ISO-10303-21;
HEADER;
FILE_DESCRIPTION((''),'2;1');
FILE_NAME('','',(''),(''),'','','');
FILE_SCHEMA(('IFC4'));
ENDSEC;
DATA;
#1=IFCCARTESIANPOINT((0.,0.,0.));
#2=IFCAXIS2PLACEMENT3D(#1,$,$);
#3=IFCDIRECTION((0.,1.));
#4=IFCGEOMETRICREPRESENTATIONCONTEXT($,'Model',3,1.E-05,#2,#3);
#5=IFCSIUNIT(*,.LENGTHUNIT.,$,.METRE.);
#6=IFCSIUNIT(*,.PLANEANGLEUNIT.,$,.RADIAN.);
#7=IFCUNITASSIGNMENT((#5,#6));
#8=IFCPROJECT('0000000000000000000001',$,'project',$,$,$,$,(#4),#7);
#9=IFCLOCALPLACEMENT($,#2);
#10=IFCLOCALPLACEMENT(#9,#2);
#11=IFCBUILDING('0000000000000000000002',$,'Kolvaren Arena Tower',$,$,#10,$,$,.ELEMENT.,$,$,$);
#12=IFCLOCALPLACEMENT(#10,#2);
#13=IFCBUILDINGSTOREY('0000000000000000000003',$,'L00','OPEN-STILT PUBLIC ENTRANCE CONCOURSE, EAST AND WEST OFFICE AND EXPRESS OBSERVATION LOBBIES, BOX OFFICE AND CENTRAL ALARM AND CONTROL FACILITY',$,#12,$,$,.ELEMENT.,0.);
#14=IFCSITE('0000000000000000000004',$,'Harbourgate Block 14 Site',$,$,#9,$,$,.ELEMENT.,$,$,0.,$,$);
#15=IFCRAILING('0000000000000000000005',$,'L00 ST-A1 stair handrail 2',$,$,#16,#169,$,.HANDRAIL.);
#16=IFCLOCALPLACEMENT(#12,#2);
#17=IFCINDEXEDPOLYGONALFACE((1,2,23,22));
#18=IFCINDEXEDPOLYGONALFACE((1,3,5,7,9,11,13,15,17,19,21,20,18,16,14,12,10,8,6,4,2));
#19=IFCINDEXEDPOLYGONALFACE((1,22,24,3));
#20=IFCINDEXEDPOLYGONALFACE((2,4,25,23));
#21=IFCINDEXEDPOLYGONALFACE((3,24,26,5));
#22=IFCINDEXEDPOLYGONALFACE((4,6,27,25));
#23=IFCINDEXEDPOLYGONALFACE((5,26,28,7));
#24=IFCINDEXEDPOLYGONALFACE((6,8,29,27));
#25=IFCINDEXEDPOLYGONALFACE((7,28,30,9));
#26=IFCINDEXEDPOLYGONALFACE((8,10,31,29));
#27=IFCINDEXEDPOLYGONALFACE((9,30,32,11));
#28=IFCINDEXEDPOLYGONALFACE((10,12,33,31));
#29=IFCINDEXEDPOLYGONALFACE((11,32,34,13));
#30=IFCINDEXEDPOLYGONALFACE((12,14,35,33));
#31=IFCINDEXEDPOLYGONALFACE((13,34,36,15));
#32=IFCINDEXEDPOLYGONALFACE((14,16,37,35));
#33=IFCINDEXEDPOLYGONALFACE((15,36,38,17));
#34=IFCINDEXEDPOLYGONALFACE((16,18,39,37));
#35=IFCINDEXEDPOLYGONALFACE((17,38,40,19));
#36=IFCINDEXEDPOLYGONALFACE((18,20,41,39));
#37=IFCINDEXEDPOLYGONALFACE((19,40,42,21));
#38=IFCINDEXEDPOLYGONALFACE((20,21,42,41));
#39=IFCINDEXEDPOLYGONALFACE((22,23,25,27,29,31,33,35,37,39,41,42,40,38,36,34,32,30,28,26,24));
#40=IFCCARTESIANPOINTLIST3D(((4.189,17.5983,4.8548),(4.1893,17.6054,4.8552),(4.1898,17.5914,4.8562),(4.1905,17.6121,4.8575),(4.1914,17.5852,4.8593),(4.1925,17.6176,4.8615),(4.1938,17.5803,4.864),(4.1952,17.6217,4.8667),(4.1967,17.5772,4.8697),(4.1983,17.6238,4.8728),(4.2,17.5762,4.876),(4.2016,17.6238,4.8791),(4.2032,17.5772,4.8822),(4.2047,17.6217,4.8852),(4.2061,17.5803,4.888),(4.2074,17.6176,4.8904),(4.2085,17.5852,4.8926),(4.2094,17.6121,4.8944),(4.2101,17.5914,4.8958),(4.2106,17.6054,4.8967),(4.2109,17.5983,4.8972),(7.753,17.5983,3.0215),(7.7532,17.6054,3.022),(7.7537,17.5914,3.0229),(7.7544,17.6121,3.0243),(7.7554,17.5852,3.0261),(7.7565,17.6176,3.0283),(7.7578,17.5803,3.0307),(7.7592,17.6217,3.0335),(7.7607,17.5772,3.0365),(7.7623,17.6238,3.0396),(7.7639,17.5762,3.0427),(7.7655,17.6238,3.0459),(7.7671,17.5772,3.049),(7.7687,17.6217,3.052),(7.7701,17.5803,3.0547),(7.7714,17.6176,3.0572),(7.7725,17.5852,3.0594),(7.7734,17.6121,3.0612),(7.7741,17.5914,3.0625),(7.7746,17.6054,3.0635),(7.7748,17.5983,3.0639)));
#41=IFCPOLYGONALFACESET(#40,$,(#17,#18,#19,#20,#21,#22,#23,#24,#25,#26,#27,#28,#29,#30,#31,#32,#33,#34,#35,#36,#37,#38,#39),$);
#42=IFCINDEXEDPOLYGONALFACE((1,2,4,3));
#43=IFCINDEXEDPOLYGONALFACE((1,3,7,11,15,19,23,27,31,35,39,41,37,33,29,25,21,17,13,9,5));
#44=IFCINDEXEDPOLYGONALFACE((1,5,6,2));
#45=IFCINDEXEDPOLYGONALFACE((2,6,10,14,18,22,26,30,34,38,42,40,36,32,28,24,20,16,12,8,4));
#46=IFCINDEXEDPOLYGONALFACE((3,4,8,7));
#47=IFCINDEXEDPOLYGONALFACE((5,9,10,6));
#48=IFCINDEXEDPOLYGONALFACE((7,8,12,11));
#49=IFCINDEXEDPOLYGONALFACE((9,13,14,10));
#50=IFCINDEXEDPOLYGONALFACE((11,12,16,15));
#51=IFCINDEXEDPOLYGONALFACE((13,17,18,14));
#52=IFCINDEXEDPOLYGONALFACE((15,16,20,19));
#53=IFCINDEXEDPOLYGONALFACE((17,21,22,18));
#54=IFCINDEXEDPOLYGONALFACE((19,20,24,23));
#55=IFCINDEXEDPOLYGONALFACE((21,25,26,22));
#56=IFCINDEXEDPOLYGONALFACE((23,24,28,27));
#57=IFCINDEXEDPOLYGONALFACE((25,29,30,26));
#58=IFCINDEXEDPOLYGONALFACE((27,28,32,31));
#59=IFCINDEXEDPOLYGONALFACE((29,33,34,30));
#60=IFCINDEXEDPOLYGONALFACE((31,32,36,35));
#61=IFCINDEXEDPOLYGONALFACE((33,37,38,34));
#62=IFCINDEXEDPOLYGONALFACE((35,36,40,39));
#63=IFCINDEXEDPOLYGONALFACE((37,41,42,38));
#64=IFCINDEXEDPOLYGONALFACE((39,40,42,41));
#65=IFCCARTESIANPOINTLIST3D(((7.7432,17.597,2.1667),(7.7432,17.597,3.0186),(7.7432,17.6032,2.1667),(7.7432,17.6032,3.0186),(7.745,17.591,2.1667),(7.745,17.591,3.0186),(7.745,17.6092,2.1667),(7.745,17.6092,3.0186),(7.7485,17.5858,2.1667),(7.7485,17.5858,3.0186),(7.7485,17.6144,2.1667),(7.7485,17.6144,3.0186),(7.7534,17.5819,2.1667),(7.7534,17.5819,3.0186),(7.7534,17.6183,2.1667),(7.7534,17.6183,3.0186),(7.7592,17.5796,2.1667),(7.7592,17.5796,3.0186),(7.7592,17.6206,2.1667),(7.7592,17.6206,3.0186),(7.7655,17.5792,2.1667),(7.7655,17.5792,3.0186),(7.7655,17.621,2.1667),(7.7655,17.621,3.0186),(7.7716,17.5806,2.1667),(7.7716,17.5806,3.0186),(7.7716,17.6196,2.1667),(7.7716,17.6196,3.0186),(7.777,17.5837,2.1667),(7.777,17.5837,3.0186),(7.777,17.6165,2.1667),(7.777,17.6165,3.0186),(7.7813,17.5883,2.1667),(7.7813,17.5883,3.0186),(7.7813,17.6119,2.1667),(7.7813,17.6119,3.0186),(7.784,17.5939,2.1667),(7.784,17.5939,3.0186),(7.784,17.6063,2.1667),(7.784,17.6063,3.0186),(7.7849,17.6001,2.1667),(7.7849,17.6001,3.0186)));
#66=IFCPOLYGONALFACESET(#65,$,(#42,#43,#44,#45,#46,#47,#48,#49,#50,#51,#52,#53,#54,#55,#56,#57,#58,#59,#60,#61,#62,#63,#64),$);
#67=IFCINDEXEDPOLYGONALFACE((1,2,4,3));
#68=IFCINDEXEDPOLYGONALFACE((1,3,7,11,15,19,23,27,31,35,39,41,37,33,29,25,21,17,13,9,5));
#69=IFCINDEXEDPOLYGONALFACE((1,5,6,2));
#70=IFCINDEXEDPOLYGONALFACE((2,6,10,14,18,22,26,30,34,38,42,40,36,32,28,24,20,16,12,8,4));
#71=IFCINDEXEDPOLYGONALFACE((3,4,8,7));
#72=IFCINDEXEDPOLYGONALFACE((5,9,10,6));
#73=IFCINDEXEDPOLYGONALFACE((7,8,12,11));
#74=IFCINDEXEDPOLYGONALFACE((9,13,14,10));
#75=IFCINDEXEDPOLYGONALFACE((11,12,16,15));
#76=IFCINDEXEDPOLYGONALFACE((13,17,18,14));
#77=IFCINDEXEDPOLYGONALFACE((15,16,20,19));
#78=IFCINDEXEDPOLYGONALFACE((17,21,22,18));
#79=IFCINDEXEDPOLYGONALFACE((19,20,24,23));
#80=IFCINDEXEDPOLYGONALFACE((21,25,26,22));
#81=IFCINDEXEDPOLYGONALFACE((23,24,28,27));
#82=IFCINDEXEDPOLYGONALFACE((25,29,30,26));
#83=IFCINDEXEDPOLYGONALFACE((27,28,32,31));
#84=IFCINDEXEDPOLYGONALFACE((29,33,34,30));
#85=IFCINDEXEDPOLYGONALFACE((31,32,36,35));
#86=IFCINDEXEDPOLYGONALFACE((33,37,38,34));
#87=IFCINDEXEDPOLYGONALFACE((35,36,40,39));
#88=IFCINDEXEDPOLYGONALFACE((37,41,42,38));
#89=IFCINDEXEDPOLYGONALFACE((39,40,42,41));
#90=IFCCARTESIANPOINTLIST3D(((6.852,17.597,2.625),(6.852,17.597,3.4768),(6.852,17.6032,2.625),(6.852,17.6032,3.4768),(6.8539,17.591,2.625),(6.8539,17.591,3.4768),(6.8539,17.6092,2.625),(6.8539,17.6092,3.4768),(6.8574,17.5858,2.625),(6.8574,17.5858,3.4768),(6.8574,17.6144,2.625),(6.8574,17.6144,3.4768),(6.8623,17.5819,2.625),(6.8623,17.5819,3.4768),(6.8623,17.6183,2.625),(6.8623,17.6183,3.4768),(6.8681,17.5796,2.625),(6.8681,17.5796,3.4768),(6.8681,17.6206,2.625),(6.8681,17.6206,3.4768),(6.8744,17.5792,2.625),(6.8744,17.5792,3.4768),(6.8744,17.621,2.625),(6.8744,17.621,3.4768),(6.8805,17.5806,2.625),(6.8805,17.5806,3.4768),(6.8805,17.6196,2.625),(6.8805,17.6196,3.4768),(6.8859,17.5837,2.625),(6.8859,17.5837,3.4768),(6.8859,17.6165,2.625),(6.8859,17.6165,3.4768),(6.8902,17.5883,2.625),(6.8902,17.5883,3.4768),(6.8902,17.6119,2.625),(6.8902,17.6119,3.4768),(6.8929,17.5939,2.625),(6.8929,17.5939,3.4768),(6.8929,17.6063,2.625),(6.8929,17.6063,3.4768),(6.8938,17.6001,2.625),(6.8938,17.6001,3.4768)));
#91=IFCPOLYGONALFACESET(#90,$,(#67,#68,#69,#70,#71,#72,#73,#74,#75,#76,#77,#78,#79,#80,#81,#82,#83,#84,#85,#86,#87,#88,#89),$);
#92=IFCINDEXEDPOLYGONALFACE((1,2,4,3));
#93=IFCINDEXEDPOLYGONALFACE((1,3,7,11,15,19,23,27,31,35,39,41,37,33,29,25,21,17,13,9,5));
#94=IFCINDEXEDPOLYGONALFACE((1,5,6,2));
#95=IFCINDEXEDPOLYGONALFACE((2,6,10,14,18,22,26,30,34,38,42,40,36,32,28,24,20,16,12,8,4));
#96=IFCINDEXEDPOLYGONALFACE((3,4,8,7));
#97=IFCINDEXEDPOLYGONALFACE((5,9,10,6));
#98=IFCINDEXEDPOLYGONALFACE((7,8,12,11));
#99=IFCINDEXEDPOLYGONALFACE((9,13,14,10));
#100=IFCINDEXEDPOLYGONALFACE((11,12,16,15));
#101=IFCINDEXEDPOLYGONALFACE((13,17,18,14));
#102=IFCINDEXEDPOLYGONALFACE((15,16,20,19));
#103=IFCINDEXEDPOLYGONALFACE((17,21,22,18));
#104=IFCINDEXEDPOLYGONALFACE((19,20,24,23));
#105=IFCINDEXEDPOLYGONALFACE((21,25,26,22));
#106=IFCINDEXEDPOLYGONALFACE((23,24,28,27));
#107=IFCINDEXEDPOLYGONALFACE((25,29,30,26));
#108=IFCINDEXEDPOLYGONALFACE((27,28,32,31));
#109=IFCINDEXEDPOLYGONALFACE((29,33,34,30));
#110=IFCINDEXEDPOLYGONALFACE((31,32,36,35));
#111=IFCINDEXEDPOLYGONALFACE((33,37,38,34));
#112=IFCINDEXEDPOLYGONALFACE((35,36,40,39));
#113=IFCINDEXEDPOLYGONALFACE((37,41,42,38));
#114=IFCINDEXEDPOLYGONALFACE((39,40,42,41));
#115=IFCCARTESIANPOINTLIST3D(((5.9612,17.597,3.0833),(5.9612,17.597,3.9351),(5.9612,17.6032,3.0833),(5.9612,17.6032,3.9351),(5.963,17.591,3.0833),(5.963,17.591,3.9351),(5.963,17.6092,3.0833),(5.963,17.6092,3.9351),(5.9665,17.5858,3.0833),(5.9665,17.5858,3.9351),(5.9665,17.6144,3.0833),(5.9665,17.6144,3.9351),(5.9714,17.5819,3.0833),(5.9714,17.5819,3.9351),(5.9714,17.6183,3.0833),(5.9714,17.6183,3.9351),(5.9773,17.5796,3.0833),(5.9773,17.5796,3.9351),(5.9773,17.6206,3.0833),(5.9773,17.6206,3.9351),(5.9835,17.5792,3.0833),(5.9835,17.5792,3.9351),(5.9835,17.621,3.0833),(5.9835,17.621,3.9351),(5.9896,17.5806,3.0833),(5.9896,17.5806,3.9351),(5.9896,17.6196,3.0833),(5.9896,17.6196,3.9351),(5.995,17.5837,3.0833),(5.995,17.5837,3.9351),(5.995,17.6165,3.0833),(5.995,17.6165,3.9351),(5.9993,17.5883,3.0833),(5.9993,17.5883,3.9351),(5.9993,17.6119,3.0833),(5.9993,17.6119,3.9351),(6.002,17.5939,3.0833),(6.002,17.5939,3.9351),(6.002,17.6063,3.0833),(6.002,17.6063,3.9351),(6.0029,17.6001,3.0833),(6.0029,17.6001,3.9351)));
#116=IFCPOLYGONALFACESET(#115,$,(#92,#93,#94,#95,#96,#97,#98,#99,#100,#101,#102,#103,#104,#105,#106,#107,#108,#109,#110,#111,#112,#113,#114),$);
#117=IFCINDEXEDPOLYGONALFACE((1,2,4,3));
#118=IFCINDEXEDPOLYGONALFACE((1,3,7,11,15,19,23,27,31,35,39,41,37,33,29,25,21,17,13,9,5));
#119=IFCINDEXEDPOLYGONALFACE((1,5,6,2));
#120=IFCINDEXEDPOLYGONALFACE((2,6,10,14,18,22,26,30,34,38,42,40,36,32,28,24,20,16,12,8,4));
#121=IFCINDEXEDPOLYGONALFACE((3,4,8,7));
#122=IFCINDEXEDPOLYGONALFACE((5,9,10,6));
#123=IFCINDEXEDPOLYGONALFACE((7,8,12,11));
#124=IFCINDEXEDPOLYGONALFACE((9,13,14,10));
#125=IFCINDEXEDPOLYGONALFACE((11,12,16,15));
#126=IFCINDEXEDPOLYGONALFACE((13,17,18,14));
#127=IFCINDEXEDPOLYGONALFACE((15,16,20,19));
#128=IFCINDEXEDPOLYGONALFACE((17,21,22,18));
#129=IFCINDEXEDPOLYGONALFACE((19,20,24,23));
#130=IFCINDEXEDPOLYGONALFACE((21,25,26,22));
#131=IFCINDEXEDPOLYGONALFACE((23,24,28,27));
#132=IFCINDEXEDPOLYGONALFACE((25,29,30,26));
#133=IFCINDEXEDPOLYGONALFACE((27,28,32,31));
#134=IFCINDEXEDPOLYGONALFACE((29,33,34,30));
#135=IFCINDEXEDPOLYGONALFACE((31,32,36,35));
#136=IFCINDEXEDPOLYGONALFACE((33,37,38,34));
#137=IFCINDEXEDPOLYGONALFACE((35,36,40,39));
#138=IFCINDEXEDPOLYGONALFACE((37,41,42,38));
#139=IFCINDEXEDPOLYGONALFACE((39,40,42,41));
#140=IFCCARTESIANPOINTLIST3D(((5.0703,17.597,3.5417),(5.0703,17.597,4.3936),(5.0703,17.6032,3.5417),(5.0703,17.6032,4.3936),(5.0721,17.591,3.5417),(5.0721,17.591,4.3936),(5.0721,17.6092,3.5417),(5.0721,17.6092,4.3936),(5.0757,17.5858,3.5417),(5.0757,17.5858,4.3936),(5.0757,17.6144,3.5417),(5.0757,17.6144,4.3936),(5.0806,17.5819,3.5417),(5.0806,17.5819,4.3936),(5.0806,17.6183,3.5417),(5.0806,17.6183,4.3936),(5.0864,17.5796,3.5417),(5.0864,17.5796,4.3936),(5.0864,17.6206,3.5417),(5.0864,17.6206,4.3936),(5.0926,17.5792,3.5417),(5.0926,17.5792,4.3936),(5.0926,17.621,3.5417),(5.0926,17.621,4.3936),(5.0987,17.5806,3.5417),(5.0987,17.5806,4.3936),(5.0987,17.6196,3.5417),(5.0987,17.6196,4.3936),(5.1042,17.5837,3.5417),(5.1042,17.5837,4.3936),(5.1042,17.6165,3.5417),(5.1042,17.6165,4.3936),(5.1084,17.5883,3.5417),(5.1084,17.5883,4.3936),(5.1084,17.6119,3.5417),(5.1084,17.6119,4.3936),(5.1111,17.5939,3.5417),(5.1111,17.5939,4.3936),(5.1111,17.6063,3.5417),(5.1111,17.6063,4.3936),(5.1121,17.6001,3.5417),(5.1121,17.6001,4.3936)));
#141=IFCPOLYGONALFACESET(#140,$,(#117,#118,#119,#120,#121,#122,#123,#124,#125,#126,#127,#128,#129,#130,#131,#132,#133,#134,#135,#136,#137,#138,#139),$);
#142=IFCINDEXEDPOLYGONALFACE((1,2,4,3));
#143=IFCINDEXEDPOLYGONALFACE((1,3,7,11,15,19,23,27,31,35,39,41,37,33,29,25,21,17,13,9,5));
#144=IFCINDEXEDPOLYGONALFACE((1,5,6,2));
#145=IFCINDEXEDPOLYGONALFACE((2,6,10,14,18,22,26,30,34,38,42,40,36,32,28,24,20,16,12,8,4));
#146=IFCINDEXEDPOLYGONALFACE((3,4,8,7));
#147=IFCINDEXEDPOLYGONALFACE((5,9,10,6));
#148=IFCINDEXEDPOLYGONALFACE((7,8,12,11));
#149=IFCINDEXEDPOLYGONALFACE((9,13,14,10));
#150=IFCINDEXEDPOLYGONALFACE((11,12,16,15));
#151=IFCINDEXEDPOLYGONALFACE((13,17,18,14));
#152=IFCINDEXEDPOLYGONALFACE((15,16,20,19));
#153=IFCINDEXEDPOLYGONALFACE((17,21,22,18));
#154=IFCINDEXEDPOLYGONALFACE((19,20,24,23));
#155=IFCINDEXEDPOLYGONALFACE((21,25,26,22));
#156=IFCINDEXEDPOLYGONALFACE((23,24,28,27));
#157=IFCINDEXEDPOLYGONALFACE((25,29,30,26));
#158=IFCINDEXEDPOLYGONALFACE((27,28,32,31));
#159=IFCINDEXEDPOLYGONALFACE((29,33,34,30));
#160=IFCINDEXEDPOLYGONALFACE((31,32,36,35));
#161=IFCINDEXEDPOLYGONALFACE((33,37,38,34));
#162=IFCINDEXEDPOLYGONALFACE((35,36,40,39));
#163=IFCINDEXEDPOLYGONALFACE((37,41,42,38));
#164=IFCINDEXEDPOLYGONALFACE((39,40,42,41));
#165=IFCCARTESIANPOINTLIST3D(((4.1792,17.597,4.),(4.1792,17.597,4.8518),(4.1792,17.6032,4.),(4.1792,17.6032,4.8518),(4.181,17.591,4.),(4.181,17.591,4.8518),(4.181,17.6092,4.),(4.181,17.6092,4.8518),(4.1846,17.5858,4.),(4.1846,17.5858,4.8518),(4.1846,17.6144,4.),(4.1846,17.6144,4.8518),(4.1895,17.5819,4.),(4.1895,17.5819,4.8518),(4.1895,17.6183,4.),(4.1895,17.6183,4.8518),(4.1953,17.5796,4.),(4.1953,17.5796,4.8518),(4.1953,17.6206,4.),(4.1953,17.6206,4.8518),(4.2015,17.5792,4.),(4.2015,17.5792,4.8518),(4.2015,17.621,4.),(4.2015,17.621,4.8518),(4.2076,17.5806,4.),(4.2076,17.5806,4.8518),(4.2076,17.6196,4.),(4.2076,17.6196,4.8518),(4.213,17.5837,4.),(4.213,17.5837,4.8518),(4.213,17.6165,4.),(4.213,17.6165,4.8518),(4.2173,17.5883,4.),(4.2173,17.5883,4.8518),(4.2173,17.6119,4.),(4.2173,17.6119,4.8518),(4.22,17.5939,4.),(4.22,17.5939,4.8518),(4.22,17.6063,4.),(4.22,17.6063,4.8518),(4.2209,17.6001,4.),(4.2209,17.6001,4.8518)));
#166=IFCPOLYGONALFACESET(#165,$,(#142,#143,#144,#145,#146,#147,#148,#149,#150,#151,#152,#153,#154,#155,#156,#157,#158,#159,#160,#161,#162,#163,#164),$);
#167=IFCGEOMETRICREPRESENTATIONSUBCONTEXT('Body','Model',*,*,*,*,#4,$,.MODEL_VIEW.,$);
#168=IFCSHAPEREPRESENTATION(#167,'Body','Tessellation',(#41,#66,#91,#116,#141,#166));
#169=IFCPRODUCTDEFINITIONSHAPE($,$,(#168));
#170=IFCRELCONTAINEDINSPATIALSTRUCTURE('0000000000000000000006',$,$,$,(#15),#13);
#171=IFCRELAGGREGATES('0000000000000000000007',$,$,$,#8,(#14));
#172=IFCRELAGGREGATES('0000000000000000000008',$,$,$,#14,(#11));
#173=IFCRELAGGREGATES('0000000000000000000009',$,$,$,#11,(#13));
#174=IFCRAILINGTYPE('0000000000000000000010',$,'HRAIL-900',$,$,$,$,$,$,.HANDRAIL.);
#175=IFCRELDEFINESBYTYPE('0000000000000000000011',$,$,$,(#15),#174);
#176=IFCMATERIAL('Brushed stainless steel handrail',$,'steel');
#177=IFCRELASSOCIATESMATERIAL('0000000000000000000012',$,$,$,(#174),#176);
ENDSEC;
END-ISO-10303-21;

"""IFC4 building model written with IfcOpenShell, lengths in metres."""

from ifc_helpers import new_model, si_unit, direction, frame, origin, origin_2d, place, context, subcontext, project, spatial, circle, extrude, material, type_object, element, save


model = new_model("IFC4")

# Units and contexts
model_context = context("Model", 3, precision=1e-05, world=origin(), true_north=direction((0.0, 1.0)))
body_context = subcontext(model_context, "Body", "Model", "MODEL_VIEW")
ifc_project = project(units=[si_unit("LENGTHUNIT", "METRE"), si_unit("PLANEANGLEUNIT", "RADIAN")], contexts=[model_context])

# Site, building, storey
site_placement = place(None, origin())
site = spatial("IfcSite", under=ifc_project, at=site_placement, Name="Harbourgate Block 14 Site", CompositionType="ELEMENT", RefElevation=0.0)
building_placement = place(site_placement, origin())
building = spatial("IfcBuilding", under=site, at=building_placement, Name="Kolvaren Arena Tower", CompositionType="ELEMENT")
storey_placement = place(building_placement, origin())
storey = spatial("IfcBuildingStorey", under=building, at=storey_placement, Name="L00", Description="OPEN-STILT PUBLIC ENTRANCE CONCOURSE, EAST AND WEST OFFICE AND EXPRESS OBSERVATION LOBBIES, BOX OFFICE AND CENTRAL ALARM AND CONTROL FACILITY", CompositionType="ELEMENT", Elevation=0.0)

# Railing
ifc_material_1 = material(Name="Brushed stainless steel handrail", Category="steel")
railing_type_1 = type_object("IfcRailingType", Name="HRAIL-900", PredefinedType="HANDRAIL", material=ifc_material_1)
railing_1_placement = place(storey_placement, frame((7.7639, 17.6001, 2.1667)))
element("IfcRailing", 1, at=railing_1_placement, inside=storey, type_object=railing_type_1, Name="L00 ST-A1 stair handrail 2", PredefinedType="HANDRAIL", context=body_context, shape_type="SweptSolid", body=[
    extrude(circle(Radius=0.0239, at=origin_2d()), frame((0.0, 0.0, 0.876), z_axis=(-0.889252, 0.0, 0.457418), x_axis=(0.0, -1.0, 0.0)), (0.0, 0.0, 1.0), 4.0078),
    extrude(circle(Radius=0.021, at=origin_2d()), origin(), (0.0, 0.0, 1.0), 0.8518),
    extrude(circle(Radius=0.021, at=origin_2d()), frame((-0.8911, 0.0, 0.4583)), (0.0, 0.0, 1.0), 0.8518),
    extrude(circle(Radius=0.021, at=origin_2d()), frame((-1.782, 0.0, 0.9165)), (0.0, 0.0, 1.0), 0.8518),
    extrude(circle(Radius=0.021, at=origin_2d()), frame((-2.6729, 0.0, 1.375)), (0.0, 0.0, 1.0), 0.8518),
    extrude(circle(Radius=0.021, at=origin_2d()), frame((-3.564, 0.0, 1.8333)), (0.0, 0.0, 1.0), 0.8518),
])

save(model, "model.ifc")
